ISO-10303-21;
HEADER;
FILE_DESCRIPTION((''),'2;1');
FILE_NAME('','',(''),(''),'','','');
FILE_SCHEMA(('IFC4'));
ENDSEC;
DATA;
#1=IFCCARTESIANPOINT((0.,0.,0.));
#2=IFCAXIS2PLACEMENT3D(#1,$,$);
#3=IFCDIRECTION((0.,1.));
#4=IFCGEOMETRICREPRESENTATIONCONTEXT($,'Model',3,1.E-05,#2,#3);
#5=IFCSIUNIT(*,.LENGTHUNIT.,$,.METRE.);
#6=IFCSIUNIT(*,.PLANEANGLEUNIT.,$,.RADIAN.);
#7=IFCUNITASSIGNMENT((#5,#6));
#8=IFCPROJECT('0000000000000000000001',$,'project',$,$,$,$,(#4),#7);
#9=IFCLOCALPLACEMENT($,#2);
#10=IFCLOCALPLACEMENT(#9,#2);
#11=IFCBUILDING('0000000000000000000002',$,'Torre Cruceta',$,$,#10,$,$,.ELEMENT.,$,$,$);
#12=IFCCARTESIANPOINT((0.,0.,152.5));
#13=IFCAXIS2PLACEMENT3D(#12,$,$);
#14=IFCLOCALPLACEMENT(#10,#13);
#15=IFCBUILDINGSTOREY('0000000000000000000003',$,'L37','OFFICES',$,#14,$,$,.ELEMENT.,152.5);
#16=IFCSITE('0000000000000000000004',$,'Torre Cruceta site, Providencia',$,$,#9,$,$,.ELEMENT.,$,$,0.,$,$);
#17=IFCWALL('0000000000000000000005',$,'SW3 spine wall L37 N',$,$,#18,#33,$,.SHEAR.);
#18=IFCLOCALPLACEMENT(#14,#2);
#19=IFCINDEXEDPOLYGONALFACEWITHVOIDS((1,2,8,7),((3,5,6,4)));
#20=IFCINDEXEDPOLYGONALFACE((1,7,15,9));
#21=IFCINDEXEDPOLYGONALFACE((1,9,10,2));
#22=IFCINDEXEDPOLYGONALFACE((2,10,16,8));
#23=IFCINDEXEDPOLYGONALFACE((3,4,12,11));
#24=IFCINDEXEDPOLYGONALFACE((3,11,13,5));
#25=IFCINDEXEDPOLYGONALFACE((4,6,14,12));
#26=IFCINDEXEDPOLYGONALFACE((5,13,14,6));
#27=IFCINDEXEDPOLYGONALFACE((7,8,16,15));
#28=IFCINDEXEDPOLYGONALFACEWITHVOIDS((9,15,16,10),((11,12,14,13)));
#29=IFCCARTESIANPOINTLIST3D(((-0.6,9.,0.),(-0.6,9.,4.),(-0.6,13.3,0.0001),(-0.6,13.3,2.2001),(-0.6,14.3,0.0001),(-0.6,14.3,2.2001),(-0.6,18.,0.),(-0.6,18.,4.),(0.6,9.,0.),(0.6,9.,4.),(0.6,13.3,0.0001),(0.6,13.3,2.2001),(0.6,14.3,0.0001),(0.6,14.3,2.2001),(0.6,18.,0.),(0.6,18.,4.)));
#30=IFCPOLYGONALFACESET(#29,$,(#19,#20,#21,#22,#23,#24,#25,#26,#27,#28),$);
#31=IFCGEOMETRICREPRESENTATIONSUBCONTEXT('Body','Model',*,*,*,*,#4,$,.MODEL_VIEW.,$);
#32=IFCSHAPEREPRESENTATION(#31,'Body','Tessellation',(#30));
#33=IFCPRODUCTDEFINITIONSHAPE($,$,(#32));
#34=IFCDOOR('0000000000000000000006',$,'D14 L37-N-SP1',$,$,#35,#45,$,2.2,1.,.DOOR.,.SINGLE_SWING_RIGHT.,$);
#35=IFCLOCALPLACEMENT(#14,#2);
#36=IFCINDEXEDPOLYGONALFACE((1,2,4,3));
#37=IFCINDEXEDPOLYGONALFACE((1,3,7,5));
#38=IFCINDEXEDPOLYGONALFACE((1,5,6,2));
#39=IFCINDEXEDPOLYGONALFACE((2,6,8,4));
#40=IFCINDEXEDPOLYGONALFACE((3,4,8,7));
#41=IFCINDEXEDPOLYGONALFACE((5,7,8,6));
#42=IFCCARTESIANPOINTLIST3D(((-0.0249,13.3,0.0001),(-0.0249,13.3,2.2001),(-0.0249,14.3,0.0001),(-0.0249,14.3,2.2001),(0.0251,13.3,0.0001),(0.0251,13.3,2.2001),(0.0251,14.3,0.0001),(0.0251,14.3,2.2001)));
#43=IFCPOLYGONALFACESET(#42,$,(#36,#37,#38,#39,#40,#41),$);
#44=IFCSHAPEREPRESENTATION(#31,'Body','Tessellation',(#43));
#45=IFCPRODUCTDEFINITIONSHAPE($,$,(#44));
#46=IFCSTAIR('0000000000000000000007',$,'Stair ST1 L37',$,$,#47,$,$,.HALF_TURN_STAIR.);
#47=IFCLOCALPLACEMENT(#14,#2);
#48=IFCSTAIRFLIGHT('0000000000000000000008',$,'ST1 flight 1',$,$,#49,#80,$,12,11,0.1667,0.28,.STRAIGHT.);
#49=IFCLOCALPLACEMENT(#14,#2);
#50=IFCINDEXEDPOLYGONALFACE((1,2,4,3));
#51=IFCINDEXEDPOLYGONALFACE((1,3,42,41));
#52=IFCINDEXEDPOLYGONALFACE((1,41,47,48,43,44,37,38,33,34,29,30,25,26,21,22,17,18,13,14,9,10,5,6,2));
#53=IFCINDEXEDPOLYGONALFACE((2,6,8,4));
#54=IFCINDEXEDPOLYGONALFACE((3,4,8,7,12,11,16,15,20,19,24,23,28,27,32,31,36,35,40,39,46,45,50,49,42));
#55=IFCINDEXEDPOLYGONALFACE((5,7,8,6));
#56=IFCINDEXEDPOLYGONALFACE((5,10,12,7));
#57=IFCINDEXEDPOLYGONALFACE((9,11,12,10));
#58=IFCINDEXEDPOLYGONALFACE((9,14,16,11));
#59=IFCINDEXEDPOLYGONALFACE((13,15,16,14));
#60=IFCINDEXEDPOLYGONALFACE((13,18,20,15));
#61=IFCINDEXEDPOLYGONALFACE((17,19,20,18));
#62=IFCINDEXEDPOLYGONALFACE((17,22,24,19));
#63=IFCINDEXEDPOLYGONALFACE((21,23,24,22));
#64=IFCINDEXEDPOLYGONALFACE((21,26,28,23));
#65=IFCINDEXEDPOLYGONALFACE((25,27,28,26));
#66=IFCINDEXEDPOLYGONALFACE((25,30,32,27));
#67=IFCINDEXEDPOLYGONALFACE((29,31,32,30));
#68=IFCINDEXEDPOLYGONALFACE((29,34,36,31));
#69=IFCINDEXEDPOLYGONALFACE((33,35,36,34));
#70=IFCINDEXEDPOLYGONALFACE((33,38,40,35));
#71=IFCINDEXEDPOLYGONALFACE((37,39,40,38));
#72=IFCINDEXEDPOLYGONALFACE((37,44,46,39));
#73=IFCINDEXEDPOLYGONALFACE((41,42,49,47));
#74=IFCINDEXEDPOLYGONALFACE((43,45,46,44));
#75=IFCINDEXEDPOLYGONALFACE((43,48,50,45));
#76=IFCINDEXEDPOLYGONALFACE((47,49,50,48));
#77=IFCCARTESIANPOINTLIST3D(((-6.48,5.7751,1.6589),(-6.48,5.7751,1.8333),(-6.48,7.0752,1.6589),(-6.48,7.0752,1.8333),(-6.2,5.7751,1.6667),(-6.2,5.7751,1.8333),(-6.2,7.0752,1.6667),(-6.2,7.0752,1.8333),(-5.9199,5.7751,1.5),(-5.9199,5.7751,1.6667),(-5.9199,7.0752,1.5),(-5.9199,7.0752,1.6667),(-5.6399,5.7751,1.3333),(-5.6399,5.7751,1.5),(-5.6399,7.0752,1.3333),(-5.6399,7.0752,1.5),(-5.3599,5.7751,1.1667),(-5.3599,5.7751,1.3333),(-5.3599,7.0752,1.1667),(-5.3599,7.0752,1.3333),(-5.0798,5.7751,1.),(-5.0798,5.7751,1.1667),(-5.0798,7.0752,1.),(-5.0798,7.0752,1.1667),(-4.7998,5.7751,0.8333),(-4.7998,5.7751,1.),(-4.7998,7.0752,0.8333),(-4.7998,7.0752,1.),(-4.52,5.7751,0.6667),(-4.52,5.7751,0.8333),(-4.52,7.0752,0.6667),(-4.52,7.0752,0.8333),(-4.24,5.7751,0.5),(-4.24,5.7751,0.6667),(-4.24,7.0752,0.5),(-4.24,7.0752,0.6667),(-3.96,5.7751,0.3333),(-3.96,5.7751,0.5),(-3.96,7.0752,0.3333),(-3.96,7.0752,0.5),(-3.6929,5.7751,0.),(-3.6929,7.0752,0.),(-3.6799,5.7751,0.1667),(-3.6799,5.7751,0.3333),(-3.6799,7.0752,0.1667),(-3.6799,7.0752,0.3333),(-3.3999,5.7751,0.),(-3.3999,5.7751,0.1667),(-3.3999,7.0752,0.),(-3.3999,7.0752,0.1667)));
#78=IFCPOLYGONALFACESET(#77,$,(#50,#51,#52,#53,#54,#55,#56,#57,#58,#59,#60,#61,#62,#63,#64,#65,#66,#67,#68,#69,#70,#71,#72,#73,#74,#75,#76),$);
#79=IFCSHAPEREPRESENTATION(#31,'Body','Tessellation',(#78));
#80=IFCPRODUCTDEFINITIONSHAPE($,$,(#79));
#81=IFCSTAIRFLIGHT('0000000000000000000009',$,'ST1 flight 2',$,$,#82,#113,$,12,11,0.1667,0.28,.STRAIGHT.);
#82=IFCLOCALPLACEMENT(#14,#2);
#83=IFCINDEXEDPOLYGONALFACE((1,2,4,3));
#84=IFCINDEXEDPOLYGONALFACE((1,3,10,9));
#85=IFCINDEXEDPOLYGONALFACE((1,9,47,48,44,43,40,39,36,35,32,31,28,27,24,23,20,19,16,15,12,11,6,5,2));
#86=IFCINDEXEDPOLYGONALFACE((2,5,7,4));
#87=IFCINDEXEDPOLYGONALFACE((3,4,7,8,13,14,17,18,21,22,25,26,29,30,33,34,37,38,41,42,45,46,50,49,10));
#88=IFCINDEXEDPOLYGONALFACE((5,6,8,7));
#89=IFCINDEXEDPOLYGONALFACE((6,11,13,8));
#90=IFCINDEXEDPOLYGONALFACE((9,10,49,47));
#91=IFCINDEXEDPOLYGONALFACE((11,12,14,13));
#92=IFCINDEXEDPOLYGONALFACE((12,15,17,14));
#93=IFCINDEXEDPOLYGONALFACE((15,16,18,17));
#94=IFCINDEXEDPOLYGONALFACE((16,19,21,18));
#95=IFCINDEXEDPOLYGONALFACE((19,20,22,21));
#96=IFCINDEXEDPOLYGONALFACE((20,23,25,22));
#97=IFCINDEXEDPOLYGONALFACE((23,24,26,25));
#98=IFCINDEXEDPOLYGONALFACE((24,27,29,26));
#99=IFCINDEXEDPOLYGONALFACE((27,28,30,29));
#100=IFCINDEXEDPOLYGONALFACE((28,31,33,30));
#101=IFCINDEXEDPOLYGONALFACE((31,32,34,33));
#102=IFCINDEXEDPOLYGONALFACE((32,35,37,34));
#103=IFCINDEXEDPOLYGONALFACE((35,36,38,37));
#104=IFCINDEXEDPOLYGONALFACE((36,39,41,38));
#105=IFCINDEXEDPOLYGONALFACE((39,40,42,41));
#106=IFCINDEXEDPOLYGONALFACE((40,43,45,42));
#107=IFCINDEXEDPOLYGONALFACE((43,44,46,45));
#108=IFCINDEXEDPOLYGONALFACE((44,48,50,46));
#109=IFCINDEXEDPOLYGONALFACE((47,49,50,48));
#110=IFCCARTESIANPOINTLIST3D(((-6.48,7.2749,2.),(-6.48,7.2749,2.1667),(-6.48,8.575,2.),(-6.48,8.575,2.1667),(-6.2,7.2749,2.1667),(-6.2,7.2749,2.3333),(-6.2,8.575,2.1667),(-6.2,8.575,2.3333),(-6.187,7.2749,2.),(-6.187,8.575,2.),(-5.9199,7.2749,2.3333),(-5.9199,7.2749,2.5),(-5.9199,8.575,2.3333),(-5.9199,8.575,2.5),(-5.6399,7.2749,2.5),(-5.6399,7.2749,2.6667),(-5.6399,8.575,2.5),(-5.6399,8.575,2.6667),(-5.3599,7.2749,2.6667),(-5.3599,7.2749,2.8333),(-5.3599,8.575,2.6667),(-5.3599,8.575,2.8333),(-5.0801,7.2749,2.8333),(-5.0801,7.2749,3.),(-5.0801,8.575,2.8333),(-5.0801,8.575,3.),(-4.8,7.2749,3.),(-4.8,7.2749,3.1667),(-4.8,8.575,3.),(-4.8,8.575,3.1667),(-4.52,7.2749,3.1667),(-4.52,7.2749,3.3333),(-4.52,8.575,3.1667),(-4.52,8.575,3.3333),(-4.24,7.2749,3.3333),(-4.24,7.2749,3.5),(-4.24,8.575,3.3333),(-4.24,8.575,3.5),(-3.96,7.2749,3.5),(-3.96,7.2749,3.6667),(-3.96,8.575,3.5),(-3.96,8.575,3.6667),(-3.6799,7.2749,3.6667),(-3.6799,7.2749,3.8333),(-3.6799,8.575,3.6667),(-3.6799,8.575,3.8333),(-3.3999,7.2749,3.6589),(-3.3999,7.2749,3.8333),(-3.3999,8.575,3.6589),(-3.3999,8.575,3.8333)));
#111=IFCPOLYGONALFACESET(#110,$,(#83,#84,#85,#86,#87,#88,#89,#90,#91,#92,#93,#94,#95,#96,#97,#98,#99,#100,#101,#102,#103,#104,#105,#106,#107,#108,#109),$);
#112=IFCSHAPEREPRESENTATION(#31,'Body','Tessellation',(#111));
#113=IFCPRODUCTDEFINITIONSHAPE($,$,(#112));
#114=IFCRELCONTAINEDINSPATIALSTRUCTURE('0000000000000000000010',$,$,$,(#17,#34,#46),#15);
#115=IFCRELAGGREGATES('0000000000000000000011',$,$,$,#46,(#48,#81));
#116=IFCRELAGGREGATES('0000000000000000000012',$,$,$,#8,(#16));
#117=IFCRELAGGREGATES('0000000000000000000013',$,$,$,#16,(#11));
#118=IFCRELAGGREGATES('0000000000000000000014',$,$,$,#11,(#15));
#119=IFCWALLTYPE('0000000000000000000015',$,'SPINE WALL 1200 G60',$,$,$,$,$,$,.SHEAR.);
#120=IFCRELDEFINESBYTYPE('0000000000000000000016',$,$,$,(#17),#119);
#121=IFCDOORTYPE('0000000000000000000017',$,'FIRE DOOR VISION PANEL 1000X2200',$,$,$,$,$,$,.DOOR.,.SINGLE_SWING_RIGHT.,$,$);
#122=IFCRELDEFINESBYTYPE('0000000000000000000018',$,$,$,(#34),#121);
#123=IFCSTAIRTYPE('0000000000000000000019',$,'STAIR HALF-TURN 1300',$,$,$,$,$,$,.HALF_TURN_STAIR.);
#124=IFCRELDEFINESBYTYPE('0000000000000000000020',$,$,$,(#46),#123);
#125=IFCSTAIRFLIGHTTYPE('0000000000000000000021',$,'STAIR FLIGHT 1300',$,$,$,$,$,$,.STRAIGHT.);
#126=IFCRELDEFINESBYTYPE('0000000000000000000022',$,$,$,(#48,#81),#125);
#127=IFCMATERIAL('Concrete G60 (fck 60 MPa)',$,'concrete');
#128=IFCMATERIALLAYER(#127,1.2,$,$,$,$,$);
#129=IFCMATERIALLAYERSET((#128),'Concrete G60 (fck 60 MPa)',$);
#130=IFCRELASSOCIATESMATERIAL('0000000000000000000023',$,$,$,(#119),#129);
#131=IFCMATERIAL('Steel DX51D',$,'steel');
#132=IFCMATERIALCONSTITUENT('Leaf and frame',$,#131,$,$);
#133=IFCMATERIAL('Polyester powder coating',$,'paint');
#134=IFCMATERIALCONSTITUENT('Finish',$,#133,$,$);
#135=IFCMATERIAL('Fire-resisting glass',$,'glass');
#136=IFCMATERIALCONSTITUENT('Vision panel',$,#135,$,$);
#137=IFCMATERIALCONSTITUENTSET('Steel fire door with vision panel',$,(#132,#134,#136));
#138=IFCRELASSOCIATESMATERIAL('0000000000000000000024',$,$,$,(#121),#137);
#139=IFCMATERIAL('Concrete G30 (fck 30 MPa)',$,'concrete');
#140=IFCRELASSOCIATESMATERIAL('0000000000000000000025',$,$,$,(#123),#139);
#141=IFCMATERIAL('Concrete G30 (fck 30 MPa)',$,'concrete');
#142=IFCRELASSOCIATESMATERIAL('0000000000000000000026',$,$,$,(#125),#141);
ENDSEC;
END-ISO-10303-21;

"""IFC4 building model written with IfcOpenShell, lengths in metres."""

from ifc_helpers import new_model, si_unit, direction, frame, frame_2d, origin, place, context, subcontext, project, spatial, polyline, rectangle, outline, extrude, material, layer, layer_set, constituent, constituent_set, type_object, element, fill, aggregate, save


model = new_model("IFC4")

# Units and contexts
model_context = context("Model", 3, precision=1e-05, world=origin(), true_north=direction((0.0, 1.0)))
body_context = subcontext(model_context, "Body", "Model", "MODEL_VIEW")
ifc_project = project(units=[si_unit("LENGTHUNIT", "METRE"), si_unit("PLANEANGLEUNIT", "RADIAN")], contexts=[model_context])

# Site, building, storey
site_placement = place(None, origin())
site = spatial("IfcSite", under=ifc_project, at=site_placement, Name="Torre Cruceta site, Providencia", CompositionType="ELEMENT", RefElevation=0.0)
building_placement = place(site_placement, origin())
building = spatial("IfcBuilding", under=site, at=building_placement, Name="Torre Cruceta", CompositionType="ELEMENT")
storey_placement = place(building_placement, frame((0.0, 0.0, 152.5)))
storey = spatial("IfcBuildingStorey", under=building, at=storey_placement, Name="L37", Description="OFFICES", CompositionType="ELEMENT", Elevation=152.5)

# Wall, opening, door
ifc_material_1 = material(Name="Concrete G60 (fck 60 MPa)", Category="concrete")
ifc_layer_1 = layer(ifc_material_1, 1.2)
ifc_layer_set_1 = layer_set([ifc_layer_1], Name="Concrete G60 (fck 60 MPa)")
wall_type_1 = type_object("IfcWallType", Name="SPINE WALL 1200 G60", PredefinedType="SHEAR", material=ifc_layer_set_1)
wall_1_placement = place(storey_placement, frame((0.0, 9.0, 0.0), z_axis=(0.0, 0.0, 1.0), x_axis=(0.0, 1.0, 0.0)))
wall_1 = element("IfcWall", 1, at=wall_1_placement, inside=storey, type_object=wall_type_1, Name="SW3 spine wall L37 N", PredefinedType="SHEAR", context=body_context, shape_type="SweptSolid", body=[
    extrude(rectangle(XDim=9.0, YDim=1.2, at=frame_2d((4.5, 0.0))), origin(), (0.0, 0.0, 1.0), 4.0),
])
opening_1_placement = place(wall_1_placement, frame((4.3, 0.0, 0.0)))
opening_1 = element("IfcOpeningElement", 2, at=opening_1_placement, cuts=wall_1, PredefinedType="OPENING", context=body_context, shape_type="SweptSolid", body=[
    extrude(rectangle(XDim=1.0, YDim=2.2, at=frame_2d((0.5, 1.1001))), frame((0.0, 0.6099, 0.0), z_axis=(0.0, -1.0, 0.0), x_axis=(1.0, 0.0, 0.0)), (0.0, 0.0, 1.0), 1.22),
])
ifc_material_2 = material(Name="Steel DX51D", Category="steel")
ifc_constituent_1 = constituent(ifc_material_2, Name="Leaf and frame")
ifc_material_3 = material(Name="Polyester powder coating", Category="paint")
ifc_constituent_2 = constituent(ifc_material_3, Name="Finish")
ifc_material_4 = material(Name="Fire-resisting glass", Category="glass")
ifc_constituent_3 = constituent(ifc_material_4, Name="Vision panel")
ifc_constituent_set_1 = constituent_set(constituents=[ifc_constituent_1, ifc_constituent_2, ifc_constituent_3], Name="Steel fire door with vision panel")
door_type_1 = type_object("IfcDoorType", Name="FIRE DOOR VISION PANEL 1000X2200", OperationType="SINGLE_SWING_RIGHT", PredefinedType="DOOR", material=ifc_constituent_set_1)
door_1_placement = place(opening_1_placement, origin())
door_1 = element("IfcDoor", 3, at=door_1_placement, inside=storey, type_object=door_type_1, Name="D14 L37-N-SP1", OperationType="SINGLE_SWING_RIGHT", OverallHeight=2.2, OverallWidth=1.0, PredefinedType="DOOR", context=body_context, shape_type="SweptSolid", body=[
    extrude(rectangle(XDim=1.0, YDim=2.2, at=frame_2d((0.5, 1.1001))), frame((0.0, 0.0249, 0.0), z_axis=(0.0, -1.0, 0.0), x_axis=(1.0, 0.0, 0.0)), (0.0, 0.0, 1.0), 0.05),
])
fill(opening_1, door_1)

# Stair, stair flights
ifc_material_5 = material(Name="Concrete G30 (fck 30 MPa)", Category="concrete")
stair_type = type_object("IfcStairType", Name="STAIR HALF-TURN 1300", PredefinedType="HALF_TURN_STAIR", material=ifc_material_5)
stair_placement = place(storey_placement, origin())
stair = element("IfcStair", 4, at=stair_placement, inside=storey, type_object=stair_type, Name="Stair ST1 L37", PredefinedType="HALF_TURN_STAIR")
ifc_material_6 = material(Name="Concrete G30 (fck 30 MPa)", Category="concrete")
stair_flight_type = type_object("IfcStairFlightType", Name="STAIR FLIGHT 1300", PredefinedType="STRAIGHT", material=ifc_material_6)
stair_flight_1_placement = place(storey_placement, frame((-3.3999, 6.425, 0.0), z_axis=(0.0, 0.0, 1.0), x_axis=(-1.0, 0.0, 0.0)))
stair_flight_1 = element("IfcStairFlight", 5, at=stair_flight_1_placement, type_object=stair_flight_type, Name="ST1 flight 1", NumberOfRisers=12, NumberOfTreads=11, PredefinedType="STRAIGHT", RiserHeight=0.1667, TreadLength=0.28, context=body_context, shape_type="SweptSolid", body=[
    extrude(outline(polyline([(0.0, 0.0), (0.0, 0.1667), (0.28, 0.1667), (0.28, 0.3333), (0.5601, 0.3333), (0.5601, 0.5), (0.8401, 0.5), (0.8401, 0.6667), (1.1201, 0.6667), (1.1201, 0.8333), (1.3999, 0.8333), (1.3999, 1.0), (1.6799, 1.0), (1.6799, 1.1667), (1.96, 1.1667), (1.96, 1.3333), (2.24, 1.3333), (2.24, 1.5), (2.52, 1.5), (2.52, 1.6667), (2.8, 1.6667), (2.8, 1.8333), (3.0801, 1.8333), (3.0801, 2.0), (3.0801, 1.6589), (0.293, 0.0), (0.0, 0.0)])), frame((0.0, 0.6499, 0.0), z_axis=(0.0, -1.0, 0.0), x_axis=(1.0, 0.0, 0.0)), (0.0, 0.0, 1.0), 1.3),
])
stair_flight_2_placement = place(storey_placement, frame((-6.48, 7.925, 2.0), z_axis=(0.0, 0.0, 1.0), x_axis=(1.0, 0.0, 0.0)))
stair_flight_2 = element("IfcStairFlight", 6, at=stair_flight_2_placement, type_object=stair_flight_type, Name="ST1 flight 2", NumberOfRisers=12, NumberOfTreads=11, PredefinedType="STRAIGHT", RiserHeight=0.1667, TreadLength=0.28, context=body_context, shape_type="SweptSolid", body=[
    extrude(outline(polyline([(0.0, 0.0), (0.0, 0.1667), (0.28, 0.1667), (0.28, 0.3333), (0.5601, 0.3333), (0.5601, 0.5), (0.8401, 0.5), (0.8401, 0.6667), (1.1201, 0.6667), (1.1201, 0.8333), (1.3999, 0.8333), (1.3999, 1.0), (1.6799, 1.0), (1.6799, 1.1667), (1.96, 1.1667), (1.96, 1.3333), (2.24, 1.3333), (2.24, 1.5), (2.52, 1.5), (2.52, 1.6667), (2.8, 1.6667), (2.8, 1.8333), (3.0801, 1.8333), (3.0801, 2.0), (3.0801, 1.6589), (0.293, 0.0), (0.0, 0.0)])), frame((0.0, 0.6499, 0.0), z_axis=(0.0, -1.0, 0.0), x_axis=(1.0, 0.0, 0.0)), (0.0, 0.0, 1.0), 1.3),
])
aggregate(stair, [stair_flight_1, stair_flight_2])

save(model, "model.ifc")
